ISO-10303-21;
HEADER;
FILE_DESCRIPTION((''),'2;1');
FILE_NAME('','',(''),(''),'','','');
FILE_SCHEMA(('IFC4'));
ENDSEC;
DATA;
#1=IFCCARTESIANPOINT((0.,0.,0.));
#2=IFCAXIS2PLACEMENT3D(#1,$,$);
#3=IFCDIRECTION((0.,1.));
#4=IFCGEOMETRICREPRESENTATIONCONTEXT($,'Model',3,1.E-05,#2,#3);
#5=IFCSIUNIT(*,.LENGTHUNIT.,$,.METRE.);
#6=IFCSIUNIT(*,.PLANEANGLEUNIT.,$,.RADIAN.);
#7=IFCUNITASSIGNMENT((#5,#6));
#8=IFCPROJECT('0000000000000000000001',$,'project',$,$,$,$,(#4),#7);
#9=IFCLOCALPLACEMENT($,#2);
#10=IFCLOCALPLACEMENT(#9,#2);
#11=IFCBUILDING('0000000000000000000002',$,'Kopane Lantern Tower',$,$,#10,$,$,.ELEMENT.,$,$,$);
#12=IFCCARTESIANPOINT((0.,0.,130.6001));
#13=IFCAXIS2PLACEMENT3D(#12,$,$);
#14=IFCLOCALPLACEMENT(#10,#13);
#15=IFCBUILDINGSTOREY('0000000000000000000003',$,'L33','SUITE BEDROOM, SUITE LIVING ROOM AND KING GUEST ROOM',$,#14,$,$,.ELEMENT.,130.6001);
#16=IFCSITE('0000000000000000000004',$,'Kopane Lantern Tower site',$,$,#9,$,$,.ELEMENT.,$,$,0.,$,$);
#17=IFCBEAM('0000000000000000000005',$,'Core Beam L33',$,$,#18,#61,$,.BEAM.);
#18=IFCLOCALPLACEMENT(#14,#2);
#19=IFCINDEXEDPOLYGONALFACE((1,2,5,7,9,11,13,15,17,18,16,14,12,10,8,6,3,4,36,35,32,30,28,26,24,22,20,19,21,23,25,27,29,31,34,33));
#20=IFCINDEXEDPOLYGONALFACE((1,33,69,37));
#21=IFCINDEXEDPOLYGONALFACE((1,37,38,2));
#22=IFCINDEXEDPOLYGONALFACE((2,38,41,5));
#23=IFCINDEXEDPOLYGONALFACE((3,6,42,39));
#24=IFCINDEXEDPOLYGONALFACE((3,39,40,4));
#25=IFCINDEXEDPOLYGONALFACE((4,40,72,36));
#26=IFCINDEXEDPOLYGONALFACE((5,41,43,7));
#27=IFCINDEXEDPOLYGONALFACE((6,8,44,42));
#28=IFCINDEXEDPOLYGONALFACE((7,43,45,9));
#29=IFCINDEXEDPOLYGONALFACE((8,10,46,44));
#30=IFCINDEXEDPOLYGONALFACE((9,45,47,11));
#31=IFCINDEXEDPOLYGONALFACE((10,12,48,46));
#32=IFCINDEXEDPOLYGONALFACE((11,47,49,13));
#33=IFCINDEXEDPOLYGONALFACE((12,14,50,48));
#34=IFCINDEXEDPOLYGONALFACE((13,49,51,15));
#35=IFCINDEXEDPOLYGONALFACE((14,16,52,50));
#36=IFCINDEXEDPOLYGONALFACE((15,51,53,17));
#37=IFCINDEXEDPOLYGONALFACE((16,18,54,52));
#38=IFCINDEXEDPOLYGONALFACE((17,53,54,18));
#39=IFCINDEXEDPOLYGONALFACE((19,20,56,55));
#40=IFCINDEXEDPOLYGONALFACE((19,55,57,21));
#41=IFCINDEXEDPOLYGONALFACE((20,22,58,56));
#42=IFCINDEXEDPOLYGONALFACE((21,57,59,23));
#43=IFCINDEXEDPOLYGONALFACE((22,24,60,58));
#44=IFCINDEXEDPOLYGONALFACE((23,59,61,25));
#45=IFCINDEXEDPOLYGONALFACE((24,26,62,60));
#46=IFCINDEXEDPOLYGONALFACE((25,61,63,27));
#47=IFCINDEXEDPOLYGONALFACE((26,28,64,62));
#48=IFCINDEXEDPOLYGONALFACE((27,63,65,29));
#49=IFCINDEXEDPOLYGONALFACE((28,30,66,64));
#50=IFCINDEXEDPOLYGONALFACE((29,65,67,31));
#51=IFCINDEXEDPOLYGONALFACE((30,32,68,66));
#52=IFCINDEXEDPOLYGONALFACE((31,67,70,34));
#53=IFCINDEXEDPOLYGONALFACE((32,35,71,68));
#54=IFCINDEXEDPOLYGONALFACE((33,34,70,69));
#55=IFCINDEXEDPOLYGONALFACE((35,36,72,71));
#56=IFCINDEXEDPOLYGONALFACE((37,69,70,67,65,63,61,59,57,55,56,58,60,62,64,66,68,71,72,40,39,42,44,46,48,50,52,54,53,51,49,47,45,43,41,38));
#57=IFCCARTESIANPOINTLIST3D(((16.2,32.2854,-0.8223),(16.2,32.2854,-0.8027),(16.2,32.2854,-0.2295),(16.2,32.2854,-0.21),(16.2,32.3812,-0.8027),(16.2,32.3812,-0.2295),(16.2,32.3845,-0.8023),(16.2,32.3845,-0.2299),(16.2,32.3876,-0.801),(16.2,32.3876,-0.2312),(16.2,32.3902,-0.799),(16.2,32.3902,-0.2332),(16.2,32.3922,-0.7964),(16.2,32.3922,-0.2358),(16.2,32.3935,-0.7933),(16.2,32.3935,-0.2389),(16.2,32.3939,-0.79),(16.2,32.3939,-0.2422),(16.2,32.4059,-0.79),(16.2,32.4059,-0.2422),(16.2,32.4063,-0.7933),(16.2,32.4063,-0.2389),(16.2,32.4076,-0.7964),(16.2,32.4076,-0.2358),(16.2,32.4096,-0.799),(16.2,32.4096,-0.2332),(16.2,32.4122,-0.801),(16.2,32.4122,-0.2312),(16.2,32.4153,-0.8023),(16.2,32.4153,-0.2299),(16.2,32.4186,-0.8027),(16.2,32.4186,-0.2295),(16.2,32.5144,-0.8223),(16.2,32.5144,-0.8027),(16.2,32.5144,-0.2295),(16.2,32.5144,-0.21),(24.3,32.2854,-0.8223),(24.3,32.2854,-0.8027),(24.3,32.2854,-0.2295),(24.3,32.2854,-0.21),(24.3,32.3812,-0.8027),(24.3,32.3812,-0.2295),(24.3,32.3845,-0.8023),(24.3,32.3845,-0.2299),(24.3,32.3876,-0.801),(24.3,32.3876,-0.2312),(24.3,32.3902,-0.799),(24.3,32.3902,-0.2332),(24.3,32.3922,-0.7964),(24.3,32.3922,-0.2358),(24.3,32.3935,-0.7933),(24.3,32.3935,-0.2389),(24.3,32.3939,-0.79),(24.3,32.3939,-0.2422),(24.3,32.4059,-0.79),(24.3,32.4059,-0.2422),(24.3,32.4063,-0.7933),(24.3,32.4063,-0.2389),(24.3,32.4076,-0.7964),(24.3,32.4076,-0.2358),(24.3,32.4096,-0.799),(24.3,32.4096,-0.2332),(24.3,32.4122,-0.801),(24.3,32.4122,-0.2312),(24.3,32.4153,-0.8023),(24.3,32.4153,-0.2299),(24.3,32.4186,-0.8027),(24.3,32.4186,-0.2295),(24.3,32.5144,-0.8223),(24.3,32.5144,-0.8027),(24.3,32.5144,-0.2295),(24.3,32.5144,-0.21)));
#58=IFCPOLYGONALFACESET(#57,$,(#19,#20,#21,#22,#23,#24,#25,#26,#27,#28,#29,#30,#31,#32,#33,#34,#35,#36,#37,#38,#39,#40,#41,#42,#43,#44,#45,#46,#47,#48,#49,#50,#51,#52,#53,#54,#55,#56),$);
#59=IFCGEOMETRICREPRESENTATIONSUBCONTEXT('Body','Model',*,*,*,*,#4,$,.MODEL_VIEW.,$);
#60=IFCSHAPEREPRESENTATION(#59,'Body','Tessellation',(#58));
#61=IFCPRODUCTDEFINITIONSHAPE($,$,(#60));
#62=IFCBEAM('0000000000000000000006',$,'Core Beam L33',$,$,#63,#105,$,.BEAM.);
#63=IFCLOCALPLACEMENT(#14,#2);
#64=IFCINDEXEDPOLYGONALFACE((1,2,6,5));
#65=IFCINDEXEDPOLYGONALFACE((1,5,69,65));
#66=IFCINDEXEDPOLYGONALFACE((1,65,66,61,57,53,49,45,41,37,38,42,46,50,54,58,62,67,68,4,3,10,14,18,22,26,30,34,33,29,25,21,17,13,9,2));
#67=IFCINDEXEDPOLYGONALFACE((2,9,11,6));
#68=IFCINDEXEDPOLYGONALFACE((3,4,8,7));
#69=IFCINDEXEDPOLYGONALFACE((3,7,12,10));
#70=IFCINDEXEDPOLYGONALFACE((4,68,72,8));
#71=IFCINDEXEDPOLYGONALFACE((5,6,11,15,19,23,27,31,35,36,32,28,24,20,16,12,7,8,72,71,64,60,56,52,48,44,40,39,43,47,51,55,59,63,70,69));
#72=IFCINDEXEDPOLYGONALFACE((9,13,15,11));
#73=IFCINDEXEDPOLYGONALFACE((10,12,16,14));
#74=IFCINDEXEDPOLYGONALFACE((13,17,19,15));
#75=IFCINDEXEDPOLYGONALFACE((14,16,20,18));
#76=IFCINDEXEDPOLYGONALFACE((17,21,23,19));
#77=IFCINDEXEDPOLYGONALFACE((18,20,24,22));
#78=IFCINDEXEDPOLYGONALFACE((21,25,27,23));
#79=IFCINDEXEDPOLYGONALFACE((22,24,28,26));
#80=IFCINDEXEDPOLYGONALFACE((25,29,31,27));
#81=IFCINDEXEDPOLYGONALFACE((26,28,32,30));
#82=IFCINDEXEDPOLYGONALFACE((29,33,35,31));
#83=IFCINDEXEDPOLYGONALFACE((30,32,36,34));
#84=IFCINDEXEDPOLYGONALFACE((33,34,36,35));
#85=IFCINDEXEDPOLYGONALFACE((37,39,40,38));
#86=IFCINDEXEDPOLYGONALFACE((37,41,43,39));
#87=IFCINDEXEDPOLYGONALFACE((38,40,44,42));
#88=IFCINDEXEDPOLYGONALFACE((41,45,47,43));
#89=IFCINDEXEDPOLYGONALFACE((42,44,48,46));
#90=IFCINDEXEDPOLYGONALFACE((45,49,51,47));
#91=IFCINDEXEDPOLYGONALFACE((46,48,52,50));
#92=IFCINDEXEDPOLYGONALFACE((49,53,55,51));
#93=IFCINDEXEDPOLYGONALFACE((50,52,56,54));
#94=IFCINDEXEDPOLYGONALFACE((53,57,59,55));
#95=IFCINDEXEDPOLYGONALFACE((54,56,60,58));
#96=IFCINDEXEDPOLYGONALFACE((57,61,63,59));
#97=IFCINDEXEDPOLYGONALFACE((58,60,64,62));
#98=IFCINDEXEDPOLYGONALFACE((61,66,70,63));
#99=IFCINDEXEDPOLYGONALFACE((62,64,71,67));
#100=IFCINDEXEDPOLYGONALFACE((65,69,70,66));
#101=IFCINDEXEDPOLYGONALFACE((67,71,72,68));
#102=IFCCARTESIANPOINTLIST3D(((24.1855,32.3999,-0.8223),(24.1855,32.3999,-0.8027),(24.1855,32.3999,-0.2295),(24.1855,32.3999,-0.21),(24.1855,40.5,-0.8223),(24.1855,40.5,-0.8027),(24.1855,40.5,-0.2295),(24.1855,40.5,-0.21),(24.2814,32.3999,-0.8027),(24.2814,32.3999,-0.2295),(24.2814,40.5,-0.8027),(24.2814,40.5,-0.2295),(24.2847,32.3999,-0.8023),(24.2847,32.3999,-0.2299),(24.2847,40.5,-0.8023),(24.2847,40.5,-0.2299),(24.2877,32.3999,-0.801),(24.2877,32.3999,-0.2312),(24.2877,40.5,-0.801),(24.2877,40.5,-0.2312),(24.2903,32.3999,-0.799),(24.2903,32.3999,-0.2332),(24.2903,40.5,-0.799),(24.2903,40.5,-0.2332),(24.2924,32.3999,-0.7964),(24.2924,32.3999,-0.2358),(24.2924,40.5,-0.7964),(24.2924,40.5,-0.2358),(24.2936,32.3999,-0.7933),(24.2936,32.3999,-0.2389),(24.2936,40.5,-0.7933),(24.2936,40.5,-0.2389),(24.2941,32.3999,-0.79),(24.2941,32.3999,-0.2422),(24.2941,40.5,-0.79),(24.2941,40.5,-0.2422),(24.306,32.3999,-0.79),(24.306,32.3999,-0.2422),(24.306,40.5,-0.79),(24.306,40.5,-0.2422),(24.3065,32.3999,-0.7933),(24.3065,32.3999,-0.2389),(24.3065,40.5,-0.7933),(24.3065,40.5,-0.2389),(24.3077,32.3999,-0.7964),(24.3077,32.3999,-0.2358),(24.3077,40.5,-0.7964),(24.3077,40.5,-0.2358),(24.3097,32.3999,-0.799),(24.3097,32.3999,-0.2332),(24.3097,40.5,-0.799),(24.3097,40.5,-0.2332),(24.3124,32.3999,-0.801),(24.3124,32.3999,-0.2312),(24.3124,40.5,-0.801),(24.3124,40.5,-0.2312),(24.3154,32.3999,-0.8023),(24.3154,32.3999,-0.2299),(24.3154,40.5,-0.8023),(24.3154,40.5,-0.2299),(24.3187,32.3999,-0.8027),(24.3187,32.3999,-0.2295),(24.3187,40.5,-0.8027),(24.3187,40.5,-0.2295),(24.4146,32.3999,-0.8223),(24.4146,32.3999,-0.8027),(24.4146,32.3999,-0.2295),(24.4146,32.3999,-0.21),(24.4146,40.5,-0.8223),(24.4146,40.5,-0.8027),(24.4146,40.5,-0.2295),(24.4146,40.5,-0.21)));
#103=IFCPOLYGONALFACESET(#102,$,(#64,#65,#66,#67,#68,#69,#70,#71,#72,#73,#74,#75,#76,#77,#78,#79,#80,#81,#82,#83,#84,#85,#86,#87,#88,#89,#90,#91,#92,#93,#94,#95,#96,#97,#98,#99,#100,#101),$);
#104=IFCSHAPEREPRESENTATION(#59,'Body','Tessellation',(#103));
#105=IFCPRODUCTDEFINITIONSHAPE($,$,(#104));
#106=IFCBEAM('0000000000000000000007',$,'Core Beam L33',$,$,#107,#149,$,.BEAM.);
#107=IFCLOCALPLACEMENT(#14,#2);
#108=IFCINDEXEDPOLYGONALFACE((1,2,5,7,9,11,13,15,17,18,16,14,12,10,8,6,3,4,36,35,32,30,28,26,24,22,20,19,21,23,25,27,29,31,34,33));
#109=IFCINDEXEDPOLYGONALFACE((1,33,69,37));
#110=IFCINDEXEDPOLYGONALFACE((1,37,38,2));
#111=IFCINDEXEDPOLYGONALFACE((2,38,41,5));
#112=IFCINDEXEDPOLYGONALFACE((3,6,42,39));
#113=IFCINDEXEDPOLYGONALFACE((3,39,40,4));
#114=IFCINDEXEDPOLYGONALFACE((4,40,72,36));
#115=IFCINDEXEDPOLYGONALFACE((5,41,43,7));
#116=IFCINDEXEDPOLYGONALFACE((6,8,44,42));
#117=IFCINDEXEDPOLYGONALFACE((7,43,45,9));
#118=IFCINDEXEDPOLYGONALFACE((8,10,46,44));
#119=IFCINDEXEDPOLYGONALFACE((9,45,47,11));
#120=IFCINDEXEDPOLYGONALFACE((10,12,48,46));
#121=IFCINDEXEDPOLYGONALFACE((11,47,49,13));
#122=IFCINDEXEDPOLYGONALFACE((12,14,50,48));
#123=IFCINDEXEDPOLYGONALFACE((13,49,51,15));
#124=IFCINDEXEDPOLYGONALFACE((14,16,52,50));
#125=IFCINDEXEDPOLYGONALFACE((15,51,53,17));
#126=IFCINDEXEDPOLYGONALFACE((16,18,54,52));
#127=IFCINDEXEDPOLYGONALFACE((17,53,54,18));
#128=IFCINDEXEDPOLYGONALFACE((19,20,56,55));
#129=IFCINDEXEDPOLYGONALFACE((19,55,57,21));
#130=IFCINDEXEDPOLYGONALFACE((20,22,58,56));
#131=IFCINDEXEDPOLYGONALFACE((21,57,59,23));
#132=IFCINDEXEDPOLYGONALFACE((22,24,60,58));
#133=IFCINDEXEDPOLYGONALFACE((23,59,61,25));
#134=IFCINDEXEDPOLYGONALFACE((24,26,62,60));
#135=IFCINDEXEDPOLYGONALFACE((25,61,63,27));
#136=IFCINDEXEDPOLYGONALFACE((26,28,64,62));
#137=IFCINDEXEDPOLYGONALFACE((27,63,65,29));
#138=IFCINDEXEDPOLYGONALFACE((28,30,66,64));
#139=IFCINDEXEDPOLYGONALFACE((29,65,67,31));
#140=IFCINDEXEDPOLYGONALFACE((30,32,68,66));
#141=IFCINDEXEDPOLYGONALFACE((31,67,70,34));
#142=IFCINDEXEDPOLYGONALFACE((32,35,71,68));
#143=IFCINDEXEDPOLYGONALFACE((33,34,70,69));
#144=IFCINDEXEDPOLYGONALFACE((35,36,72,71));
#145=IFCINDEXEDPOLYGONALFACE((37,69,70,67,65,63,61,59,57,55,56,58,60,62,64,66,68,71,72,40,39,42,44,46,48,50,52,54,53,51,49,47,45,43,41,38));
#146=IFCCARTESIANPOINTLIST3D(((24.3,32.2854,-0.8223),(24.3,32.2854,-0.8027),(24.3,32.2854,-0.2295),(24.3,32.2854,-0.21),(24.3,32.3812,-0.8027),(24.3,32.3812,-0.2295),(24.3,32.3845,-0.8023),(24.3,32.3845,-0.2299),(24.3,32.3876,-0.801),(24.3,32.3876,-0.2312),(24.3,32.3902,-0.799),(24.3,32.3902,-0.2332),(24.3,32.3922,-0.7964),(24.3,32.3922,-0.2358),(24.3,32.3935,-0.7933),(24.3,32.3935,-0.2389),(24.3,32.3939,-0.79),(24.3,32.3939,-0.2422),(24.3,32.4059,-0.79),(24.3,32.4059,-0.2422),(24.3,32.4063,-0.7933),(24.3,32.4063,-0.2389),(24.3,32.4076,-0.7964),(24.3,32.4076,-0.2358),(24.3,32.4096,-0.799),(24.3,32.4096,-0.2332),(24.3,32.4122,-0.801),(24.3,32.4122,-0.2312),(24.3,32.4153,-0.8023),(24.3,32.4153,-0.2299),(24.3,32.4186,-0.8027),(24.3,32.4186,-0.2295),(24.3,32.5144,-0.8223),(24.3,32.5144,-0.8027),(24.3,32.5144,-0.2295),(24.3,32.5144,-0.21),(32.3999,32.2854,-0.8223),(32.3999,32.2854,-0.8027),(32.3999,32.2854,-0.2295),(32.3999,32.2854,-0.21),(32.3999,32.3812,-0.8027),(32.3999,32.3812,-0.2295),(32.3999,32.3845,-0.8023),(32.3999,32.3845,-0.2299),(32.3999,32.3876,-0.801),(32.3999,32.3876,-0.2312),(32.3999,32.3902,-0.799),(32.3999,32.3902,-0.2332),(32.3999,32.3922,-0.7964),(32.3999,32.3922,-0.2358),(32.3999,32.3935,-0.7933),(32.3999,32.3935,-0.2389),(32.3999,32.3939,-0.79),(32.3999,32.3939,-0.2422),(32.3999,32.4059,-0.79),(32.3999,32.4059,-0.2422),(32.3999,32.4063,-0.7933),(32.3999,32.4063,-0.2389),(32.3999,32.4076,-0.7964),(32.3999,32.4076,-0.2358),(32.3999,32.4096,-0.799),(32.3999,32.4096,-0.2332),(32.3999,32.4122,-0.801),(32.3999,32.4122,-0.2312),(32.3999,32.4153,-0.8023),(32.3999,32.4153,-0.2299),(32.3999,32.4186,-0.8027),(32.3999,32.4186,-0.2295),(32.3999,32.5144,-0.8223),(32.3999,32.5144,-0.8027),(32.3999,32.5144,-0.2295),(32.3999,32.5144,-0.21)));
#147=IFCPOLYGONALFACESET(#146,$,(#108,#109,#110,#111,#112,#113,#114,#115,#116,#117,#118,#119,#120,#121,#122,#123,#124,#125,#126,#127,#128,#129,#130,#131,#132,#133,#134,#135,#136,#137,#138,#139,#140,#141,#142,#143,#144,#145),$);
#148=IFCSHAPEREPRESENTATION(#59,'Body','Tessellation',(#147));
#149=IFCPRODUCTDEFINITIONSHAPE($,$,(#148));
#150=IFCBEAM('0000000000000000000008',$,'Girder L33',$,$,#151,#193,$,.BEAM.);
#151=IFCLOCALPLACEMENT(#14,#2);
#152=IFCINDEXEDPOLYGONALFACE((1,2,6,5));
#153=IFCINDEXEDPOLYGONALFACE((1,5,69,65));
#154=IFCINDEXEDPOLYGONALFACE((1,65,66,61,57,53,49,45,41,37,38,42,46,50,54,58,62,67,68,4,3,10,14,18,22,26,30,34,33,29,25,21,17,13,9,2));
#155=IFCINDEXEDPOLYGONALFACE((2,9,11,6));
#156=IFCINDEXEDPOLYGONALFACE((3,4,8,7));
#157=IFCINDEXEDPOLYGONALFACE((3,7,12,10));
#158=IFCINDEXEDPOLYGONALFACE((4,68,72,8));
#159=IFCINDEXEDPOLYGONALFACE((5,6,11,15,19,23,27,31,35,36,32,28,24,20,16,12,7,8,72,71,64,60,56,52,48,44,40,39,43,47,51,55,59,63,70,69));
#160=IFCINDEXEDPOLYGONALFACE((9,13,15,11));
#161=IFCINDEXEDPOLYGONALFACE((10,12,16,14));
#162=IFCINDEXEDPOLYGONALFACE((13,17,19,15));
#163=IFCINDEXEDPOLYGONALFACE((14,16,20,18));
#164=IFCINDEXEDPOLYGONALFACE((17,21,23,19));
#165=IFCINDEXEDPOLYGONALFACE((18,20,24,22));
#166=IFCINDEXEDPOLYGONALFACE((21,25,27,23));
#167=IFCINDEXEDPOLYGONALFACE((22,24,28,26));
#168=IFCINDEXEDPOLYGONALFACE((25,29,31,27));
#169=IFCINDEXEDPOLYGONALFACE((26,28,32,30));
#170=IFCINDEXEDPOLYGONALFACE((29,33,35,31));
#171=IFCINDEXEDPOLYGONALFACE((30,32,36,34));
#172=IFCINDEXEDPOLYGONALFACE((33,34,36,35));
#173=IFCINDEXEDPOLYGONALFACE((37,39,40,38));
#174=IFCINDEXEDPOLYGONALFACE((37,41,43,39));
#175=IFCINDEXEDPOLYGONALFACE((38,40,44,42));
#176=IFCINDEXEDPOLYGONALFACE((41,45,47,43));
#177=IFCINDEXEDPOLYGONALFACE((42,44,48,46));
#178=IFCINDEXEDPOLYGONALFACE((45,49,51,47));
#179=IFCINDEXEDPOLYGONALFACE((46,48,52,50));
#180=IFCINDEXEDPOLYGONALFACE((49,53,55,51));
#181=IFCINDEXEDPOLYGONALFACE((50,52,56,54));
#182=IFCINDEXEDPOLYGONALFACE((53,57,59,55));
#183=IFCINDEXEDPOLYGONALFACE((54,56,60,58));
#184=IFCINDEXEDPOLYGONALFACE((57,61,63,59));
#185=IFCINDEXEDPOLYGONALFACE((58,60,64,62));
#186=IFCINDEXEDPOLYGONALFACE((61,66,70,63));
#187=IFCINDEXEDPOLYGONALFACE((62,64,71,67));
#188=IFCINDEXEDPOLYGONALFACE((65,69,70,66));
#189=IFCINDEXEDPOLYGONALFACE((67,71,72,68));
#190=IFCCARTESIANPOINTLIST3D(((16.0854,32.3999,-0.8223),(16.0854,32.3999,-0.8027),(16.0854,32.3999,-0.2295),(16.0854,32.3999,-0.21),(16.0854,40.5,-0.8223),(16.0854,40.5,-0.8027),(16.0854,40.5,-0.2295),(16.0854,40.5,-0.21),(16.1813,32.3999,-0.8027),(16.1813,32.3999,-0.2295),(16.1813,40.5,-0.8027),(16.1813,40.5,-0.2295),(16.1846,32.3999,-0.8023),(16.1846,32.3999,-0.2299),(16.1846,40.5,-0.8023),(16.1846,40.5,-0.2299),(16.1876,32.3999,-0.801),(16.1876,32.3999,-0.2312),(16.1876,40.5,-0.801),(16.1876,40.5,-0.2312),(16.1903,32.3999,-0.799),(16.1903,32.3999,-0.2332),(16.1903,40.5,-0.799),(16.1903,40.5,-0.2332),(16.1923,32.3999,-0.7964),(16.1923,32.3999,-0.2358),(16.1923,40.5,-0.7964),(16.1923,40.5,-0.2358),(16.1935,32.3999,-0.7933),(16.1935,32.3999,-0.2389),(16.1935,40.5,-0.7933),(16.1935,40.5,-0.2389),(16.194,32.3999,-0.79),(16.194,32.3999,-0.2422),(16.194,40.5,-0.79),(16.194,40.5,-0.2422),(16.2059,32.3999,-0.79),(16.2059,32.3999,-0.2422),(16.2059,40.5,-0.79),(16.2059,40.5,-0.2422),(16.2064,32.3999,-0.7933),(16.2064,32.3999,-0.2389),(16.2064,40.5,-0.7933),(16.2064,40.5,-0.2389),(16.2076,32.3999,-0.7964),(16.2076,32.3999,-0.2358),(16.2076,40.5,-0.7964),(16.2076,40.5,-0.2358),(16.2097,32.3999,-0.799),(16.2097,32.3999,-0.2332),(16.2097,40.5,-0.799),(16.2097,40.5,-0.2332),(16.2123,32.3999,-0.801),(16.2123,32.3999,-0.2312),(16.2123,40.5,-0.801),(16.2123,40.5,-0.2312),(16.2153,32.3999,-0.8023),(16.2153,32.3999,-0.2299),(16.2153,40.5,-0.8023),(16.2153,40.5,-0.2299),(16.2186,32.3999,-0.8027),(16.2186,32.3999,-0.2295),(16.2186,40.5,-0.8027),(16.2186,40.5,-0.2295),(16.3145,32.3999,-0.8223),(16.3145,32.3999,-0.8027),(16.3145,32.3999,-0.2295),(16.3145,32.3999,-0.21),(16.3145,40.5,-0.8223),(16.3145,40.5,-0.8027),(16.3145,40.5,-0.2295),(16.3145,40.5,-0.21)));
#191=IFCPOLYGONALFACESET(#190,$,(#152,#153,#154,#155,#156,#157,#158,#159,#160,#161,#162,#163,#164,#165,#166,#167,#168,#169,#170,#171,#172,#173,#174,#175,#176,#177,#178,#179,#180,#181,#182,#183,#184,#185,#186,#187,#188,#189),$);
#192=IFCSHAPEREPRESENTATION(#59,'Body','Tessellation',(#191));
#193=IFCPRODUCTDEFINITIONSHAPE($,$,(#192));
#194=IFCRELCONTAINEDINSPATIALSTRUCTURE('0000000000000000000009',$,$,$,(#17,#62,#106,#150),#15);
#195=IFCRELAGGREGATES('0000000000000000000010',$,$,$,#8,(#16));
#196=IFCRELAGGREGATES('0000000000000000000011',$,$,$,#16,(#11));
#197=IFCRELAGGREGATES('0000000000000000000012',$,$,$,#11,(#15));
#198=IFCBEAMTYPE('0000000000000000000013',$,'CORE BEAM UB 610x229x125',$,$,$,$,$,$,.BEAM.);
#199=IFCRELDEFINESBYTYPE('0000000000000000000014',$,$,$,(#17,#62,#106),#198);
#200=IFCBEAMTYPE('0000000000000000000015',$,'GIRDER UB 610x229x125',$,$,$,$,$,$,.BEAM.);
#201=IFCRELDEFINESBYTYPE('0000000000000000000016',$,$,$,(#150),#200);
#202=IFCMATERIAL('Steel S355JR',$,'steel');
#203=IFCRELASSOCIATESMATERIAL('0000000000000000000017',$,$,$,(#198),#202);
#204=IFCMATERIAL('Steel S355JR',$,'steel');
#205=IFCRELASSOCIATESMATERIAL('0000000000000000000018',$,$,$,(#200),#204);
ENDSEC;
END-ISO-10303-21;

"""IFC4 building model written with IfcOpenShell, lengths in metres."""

from ifc_helpers import new_model, si_unit, direction, frame, origin, origin_2d, place, context, subcontext, project, spatial, i_section, extrude, material, material_profile, profile_set, type_object, element, save


model = new_model("IFC4")

# Units and contexts
model_context = context("Model", 3, precision=1e-05, world=origin(), true_north=direction((0.0, 1.0)))
body_context = subcontext(model_context, "Body", "Model", "MODEL_VIEW")
ifc_project = project(units=[si_unit("LENGTHUNIT", "METRE"), si_unit("PLANEANGLEUNIT", "RADIAN")], contexts=[model_context])

# Site, building, storey
site_placement = place(None, origin())
site = spatial("IfcSite", under=ifc_project, at=site_placement, Name="Kopane Lantern Tower site", CompositionType="ELEMENT", RefElevation=0.0)
building_placement = place(site_placement, origin())
building = spatial("IfcBuilding", under=site, at=building_placement, Name="Kopane Lantern Tower", CompositionType="ELEMENT")
storey_placement = place(building_placement, frame((0.0, 0.0, 130.6001)))
storey = spatial("IfcBuildingStorey", under=building, at=storey_placement, Name="L33", Description="SUITE BEDROOM, SUITE LIVING ROOM AND KING GUEST ROOM", CompositionType="ELEMENT", Elevation=130.6001)

# Beams
ifc_material_1 = material(Name="Steel S355JR", Category="steel")
ifc_material_profile_1 = material_profile(ifc_material_1, i_section(OverallWidth=0.229, OverallDepth=0.6123, WebThickness=0.012, FlangeThickness=0.0195, FilletRadius=0.0127, at=origin_2d()), Name="UB 610x229x125")
ifc_profile_set_1 = profile_set([ifc_material_profile_1], Name="Steel S355JR")
beam_type_1 = type_object("IfcBeamType", Name="CORE BEAM UB 610x229x125", PredefinedType="BEAM", material=ifc_profile_set_1)
for number, where, z_axis, x_axis, name in (
    (1, (16.2, 32.3999, -0.5161), (1.0, 0.0, 0.0), (0.0, 1.0, 0.0), "Core Beam L33"),
    (2, (24.3, 32.3999, -0.5161), (0.0, 1.0, 0.0), (-1.0, 0.0, 0.0), "Core Beam L33"),
):
    element("IfcBeam", number, at=place(storey_placement, frame(where, z_axis=z_axis, x_axis=x_axis)), inside=storey, type_object=beam_type_1, Name=name, PredefinedType="BEAM", context=body_context, shape_type="SweptSolid", body=[
        extrude(i_section(OverallWidth=0.229, OverallDepth=0.6123, WebThickness=0.012, FlangeThickness=0.0195, FilletRadius=0.0127, at=origin_2d()), origin(), (0.0, 0.0, 1.0), 8.1001),
    ])
beam_1_placement = place(storey_placement, frame((24.3, 32.3999, -0.5161), z_axis=(1.0, 0.0, 0.0), x_axis=(0.0, 1.0, 0.0)))
element("IfcBeam", 3, at=beam_1_placement, inside=storey, type_object=beam_type_1, Name="Core Beam L33", PredefinedType="BEAM", context=body_context, shape_type="SweptSolid", body=[
    extrude(i_section(OverallWidth=0.229, OverallDepth=0.6123, WebThickness=0.012, FlangeThickness=0.0195, FilletRadius=0.0127, at=origin_2d()), origin(), (0.0, 0.0, 1.0), 8.0999),
])
ifc_material_2 = material(Name="Steel S355JR", Category="steel")
ifc_material_profile_2 = material_profile(ifc_material_2, i_section(OverallWidth=0.229, OverallDepth=0.6123, WebThickness=0.012, FlangeThickness=0.0195, FilletRadius=0.0127, at=origin_2d()), Name="UB 610x229x125")
ifc_profile_set_2 = profile_set([ifc_material_profile_2], Name="Steel S355JR")
beam_type_2 = type_object("IfcBeamType", Name="GIRDER UB 610x229x125", PredefinedType="BEAM", material=ifc_profile_set_2)
beam_2_placement = place(storey_placement, frame((16.2, 32.3999, -0.5161), z_axis=(0.0, 1.0, 0.0), x_axis=(-1.0, 0.0, 0.0)))
element("IfcBeam", 4, at=beam_2_placement, inside=storey, type_object=beam_type_2, Name="Girder L33", PredefinedType="BEAM", context=body_context, shape_type="SweptSolid", body=[
    extrude(i_section(OverallWidth=0.229, OverallDepth=0.6123, WebThickness=0.012, FlangeThickness=0.0195, FilletRadius=0.0127, at=origin_2d()), origin(), (0.0, 0.0, 1.0), 8.1001),
])

save(model, "model.ifc")
